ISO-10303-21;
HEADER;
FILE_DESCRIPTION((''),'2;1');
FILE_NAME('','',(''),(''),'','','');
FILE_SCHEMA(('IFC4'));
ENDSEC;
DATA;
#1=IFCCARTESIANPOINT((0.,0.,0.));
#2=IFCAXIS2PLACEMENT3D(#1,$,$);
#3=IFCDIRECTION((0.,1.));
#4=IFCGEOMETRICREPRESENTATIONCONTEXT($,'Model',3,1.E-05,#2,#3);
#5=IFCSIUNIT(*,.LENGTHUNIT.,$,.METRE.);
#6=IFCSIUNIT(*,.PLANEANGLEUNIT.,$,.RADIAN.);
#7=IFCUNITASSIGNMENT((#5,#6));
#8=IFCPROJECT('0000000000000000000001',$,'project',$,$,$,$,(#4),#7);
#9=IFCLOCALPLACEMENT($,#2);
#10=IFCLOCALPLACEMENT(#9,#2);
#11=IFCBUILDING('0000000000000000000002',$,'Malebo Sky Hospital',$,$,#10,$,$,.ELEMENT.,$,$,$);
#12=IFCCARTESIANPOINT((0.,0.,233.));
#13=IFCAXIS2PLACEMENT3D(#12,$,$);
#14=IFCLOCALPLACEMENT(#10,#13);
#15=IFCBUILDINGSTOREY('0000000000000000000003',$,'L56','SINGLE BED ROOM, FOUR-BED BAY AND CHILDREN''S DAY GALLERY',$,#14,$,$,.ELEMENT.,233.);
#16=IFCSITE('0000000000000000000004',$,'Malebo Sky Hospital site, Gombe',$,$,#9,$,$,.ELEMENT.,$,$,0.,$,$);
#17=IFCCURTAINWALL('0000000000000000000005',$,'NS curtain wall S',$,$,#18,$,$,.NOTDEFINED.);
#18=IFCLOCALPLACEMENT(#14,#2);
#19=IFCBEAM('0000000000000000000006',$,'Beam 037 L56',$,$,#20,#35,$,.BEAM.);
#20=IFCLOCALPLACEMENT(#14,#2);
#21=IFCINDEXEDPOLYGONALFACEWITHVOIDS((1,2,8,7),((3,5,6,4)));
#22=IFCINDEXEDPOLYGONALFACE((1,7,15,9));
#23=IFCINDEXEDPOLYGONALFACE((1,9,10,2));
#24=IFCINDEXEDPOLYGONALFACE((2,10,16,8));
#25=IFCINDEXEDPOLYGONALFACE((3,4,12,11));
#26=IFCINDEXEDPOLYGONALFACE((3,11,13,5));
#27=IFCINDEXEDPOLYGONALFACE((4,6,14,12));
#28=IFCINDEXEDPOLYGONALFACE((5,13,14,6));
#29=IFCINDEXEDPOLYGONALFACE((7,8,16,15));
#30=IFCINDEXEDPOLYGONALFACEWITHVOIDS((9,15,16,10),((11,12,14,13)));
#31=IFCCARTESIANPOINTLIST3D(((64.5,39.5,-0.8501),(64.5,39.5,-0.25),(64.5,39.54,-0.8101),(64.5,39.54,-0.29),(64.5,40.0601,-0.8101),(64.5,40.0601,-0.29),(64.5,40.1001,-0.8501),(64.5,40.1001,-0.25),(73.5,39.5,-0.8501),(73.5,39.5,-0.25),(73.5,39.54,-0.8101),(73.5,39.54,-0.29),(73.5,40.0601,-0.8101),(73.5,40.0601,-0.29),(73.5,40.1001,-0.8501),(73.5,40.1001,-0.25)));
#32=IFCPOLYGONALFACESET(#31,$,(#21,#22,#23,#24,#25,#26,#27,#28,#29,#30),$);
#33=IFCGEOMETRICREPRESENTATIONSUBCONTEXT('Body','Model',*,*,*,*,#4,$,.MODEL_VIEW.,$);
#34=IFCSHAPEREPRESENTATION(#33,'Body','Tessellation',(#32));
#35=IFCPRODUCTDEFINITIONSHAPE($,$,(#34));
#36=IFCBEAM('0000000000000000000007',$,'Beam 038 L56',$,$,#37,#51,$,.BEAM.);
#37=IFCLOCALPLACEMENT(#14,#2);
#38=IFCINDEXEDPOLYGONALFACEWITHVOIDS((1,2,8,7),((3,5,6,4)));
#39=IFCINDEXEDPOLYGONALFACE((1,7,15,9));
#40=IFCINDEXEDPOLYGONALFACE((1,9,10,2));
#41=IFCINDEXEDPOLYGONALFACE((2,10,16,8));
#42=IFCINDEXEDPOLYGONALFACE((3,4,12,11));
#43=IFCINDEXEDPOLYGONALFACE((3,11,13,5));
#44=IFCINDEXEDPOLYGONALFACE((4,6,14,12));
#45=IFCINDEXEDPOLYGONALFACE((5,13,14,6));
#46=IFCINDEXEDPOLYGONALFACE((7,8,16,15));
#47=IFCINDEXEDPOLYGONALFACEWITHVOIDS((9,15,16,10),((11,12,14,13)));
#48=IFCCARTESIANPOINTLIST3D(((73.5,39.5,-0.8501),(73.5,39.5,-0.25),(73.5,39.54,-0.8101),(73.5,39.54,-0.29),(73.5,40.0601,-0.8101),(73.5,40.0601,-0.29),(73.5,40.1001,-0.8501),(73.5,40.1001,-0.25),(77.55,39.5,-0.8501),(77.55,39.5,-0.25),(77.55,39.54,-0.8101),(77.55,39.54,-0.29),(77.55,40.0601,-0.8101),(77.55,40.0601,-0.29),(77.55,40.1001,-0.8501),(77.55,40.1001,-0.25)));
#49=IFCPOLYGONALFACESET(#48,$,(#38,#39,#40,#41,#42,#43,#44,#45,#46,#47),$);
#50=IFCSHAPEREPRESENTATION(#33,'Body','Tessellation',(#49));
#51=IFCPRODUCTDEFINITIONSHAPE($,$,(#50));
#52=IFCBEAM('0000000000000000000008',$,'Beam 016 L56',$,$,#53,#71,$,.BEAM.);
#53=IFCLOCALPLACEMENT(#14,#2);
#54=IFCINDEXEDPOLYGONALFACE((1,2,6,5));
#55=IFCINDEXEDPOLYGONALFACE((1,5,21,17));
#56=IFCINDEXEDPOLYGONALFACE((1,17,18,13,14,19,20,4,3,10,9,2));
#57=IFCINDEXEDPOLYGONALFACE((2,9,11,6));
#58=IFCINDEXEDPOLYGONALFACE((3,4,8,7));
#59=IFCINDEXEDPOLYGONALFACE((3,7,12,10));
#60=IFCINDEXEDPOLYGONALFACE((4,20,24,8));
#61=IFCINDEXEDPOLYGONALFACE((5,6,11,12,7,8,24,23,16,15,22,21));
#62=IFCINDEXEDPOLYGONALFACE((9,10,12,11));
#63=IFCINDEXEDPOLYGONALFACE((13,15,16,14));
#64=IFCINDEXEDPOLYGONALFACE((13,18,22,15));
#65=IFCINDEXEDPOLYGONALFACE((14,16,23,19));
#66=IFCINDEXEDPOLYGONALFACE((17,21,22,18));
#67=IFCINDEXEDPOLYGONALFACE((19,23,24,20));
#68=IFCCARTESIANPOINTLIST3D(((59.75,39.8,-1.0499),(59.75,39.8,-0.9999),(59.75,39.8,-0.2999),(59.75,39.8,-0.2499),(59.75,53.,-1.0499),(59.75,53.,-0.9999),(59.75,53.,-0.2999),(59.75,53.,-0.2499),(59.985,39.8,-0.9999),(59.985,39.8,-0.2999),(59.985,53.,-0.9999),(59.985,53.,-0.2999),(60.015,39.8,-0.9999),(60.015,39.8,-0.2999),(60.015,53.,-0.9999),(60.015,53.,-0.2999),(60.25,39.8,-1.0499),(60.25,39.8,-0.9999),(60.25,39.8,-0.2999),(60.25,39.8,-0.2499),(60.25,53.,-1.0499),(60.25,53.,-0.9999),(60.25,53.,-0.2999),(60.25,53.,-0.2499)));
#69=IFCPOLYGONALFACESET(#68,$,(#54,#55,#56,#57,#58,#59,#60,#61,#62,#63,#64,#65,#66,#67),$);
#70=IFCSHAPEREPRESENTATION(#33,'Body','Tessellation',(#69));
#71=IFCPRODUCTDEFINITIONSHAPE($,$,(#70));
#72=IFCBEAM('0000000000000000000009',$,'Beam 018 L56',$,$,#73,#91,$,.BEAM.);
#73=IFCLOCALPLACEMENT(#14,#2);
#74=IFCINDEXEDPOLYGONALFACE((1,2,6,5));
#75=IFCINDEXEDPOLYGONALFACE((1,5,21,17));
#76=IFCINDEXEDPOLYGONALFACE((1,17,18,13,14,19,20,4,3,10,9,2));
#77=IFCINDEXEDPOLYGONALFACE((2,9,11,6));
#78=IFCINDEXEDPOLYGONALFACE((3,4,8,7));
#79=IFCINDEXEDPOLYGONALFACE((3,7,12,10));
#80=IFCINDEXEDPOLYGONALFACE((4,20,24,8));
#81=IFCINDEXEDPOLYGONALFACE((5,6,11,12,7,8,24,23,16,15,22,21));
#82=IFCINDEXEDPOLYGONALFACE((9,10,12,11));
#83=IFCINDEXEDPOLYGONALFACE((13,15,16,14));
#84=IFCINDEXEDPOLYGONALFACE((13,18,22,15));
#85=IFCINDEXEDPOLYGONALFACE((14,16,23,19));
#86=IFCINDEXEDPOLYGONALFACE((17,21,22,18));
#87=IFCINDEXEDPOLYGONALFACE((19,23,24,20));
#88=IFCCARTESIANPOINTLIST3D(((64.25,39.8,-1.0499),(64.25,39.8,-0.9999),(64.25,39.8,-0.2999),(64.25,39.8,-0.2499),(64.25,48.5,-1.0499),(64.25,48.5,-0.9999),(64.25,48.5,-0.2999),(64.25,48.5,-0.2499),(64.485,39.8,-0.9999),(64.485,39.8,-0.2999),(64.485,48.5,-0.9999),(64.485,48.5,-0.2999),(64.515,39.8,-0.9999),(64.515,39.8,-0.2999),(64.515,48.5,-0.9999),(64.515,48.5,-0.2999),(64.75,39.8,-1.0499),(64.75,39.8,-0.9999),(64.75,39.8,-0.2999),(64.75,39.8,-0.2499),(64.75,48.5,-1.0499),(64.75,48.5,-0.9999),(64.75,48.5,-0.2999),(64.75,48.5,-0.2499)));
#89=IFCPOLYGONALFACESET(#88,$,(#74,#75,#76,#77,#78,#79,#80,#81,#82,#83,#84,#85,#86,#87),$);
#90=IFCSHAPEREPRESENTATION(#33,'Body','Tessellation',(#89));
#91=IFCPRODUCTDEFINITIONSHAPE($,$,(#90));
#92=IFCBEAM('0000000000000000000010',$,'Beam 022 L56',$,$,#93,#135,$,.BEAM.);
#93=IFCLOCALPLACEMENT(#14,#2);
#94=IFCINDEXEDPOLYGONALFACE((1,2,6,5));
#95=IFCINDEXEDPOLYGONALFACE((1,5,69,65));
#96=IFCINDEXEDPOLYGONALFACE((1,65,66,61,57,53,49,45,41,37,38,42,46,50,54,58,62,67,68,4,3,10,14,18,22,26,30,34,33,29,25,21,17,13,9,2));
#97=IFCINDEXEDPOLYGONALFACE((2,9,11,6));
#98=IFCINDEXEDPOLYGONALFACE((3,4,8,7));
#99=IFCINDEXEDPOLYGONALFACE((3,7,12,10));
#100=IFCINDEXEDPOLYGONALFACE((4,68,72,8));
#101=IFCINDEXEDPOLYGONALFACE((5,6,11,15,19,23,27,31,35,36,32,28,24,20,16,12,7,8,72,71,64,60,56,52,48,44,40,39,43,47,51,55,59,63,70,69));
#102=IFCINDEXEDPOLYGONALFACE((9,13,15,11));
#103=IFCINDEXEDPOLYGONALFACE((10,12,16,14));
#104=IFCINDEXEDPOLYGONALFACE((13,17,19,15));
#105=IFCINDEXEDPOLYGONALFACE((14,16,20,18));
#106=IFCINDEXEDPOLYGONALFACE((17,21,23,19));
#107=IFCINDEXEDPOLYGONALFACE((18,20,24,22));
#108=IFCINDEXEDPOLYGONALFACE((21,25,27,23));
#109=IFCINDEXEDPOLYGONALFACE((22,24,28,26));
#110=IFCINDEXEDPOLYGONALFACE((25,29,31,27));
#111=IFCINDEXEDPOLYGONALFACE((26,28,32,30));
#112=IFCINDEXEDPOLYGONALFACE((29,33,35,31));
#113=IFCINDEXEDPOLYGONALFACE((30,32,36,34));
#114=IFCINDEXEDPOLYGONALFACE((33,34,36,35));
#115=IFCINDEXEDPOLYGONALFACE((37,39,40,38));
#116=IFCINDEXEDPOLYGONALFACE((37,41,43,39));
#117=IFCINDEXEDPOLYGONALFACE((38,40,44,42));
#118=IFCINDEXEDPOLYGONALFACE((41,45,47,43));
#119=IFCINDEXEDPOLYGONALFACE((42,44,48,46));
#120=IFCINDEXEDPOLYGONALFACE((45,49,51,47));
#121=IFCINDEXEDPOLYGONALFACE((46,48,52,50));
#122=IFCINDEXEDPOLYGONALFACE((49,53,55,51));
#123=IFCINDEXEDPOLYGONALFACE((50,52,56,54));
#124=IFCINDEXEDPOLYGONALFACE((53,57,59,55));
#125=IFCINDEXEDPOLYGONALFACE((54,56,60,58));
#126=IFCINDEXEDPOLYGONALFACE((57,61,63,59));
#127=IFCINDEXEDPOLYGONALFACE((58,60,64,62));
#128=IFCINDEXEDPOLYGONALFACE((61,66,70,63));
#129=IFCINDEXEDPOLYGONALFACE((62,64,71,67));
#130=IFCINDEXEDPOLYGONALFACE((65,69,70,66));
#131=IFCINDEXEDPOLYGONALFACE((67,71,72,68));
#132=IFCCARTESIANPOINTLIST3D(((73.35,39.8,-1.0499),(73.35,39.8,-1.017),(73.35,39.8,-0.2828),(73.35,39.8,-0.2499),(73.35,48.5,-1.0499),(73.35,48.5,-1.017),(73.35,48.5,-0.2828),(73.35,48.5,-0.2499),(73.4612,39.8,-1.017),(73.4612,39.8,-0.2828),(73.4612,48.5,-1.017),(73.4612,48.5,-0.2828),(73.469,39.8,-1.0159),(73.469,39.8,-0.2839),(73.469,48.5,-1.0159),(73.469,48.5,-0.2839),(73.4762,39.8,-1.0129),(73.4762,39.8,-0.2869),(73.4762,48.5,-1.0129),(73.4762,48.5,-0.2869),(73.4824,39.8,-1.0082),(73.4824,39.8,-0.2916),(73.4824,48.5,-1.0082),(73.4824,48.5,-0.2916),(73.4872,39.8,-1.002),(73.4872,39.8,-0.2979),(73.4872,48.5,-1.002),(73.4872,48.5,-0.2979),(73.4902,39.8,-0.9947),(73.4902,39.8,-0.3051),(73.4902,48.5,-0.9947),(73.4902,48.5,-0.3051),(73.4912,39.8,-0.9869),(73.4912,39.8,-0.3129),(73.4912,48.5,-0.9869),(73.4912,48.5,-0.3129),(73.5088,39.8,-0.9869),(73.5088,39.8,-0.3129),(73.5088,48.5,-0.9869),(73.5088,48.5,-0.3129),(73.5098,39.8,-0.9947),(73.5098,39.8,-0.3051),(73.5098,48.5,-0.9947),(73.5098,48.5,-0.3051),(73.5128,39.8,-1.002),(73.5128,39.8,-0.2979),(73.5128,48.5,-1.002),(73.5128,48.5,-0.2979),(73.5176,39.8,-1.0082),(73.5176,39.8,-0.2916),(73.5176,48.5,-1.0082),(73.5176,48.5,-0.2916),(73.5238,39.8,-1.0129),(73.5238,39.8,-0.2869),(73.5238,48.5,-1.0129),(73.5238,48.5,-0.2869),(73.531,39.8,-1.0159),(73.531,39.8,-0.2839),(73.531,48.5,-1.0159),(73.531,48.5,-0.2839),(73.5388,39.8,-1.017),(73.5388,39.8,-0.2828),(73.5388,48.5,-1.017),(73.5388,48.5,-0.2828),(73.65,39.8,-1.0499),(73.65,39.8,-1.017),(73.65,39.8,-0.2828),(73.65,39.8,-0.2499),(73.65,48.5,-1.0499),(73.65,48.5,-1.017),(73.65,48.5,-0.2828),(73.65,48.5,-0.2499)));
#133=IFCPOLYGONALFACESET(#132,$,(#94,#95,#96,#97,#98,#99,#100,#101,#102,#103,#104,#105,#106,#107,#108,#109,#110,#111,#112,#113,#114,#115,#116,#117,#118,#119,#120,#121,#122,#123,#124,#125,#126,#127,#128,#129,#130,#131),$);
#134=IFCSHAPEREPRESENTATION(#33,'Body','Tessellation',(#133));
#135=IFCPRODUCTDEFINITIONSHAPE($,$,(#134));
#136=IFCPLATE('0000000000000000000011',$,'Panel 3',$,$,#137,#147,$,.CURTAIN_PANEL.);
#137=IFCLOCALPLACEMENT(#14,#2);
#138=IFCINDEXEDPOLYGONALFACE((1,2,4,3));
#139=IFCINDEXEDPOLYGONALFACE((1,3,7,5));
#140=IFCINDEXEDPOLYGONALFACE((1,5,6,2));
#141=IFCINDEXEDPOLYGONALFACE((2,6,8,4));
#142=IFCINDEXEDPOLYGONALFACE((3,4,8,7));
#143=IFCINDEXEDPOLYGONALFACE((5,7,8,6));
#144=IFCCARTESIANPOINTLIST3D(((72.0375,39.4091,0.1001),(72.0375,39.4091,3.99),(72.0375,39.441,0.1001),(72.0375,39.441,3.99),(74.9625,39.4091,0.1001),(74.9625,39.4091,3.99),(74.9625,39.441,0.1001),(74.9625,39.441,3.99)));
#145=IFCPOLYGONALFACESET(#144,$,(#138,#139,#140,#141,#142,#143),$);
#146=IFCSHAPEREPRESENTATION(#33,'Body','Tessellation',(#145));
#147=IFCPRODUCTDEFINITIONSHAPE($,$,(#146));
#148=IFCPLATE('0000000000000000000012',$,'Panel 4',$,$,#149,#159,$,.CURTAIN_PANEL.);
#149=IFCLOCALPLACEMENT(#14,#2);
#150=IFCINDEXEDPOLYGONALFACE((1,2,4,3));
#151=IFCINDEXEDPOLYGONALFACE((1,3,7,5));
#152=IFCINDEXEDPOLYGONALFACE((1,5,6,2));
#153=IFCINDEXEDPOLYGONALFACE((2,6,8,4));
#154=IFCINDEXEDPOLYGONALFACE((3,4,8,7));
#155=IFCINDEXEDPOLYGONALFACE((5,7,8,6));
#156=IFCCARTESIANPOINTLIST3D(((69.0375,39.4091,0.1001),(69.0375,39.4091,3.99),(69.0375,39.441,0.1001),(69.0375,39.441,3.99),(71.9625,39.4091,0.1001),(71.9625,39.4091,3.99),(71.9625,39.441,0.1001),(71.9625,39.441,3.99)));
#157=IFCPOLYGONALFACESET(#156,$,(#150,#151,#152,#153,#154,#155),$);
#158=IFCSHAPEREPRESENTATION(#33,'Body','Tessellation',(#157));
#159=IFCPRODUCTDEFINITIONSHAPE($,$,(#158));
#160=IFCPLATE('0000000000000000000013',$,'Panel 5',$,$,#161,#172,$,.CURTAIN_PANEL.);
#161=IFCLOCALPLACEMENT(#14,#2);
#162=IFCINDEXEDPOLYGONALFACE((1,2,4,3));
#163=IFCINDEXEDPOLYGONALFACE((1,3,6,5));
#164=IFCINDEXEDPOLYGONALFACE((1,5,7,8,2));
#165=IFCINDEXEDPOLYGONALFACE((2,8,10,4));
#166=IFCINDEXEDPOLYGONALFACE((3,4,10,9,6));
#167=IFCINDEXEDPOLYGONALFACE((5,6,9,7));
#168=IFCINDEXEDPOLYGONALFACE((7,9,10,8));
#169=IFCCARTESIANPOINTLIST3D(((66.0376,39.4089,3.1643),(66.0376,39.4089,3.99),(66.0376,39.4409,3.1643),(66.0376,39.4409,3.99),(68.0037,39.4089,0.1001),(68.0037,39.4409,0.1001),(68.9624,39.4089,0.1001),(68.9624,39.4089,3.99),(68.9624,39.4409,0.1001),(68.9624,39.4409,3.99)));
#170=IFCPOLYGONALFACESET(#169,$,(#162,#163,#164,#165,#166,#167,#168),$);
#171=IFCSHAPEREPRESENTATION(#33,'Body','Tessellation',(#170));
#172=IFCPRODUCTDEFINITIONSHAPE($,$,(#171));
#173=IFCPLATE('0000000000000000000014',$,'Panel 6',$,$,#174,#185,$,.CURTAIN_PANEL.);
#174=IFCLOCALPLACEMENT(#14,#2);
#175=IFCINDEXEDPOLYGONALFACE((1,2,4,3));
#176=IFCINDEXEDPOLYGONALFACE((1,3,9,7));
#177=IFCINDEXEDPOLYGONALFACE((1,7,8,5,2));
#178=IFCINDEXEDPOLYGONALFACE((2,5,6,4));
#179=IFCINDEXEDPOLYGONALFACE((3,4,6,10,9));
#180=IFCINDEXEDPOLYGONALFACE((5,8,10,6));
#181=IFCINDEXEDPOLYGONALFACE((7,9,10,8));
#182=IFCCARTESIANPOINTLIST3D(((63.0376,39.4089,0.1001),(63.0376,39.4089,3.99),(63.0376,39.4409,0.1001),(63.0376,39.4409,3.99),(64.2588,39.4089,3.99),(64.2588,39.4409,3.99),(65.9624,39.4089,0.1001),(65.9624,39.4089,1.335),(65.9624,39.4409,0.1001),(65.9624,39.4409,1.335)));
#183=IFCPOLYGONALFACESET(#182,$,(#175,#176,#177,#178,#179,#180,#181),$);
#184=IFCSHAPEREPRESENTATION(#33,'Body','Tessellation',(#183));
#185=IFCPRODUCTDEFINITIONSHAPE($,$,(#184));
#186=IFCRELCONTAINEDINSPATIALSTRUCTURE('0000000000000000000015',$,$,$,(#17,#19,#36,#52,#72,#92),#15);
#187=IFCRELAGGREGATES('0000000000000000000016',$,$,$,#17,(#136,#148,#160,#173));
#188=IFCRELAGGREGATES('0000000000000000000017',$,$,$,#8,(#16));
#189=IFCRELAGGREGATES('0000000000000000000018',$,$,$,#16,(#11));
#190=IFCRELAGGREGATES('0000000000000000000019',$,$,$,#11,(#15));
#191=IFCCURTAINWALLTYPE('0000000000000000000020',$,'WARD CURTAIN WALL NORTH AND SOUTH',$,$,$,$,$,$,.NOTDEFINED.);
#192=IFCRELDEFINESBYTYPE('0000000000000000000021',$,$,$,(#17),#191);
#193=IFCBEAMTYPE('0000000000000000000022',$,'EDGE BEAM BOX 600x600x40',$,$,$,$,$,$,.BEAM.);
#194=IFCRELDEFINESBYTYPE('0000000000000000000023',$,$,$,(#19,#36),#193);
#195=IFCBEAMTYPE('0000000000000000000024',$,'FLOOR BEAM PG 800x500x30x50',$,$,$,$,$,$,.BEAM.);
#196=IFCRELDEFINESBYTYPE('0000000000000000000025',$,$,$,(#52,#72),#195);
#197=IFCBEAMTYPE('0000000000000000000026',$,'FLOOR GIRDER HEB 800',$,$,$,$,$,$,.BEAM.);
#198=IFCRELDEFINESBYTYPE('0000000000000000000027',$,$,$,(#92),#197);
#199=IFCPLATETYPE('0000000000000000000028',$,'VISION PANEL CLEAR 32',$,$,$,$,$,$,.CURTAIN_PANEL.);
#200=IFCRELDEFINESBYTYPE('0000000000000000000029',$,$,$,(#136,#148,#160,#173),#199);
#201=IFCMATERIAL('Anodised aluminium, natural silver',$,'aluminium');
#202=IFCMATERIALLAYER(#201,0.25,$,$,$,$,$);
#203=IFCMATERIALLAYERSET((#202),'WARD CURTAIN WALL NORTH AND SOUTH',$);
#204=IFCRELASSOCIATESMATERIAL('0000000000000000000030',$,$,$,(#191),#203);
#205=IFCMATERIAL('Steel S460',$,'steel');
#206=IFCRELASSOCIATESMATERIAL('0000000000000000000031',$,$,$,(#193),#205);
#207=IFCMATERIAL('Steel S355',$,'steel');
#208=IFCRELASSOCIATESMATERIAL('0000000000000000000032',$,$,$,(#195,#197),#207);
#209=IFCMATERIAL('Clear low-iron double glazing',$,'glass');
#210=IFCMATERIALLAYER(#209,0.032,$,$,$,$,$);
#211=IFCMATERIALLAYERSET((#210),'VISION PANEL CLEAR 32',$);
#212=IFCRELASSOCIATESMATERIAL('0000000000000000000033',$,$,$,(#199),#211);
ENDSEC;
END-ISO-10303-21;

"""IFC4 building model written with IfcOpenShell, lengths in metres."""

from ifc_helpers import new_model, si_unit, direction, frame, origin, origin_2d, place, context, subcontext, project, spatial, polyline, rectangle, hollow_rectangle, i_section, outline, extrude, material, layer, layer_set, material_profile, profile_set, type_object, element, aggregate, save


model = new_model("IFC4")

# Units and contexts
model_context = context("Model", 3, precision=1e-05, world=origin(), true_north=direction((0.0, 1.0)))
body_context = subcontext(model_context, "Body", "Model", "MODEL_VIEW")
ifc_project = project(units=[si_unit("LENGTHUNIT", "METRE"), si_unit("PLANEANGLEUNIT", "RADIAN")], contexts=[model_context])

# Site, building, storey
site_placement = place(None, origin())
site = spatial("IfcSite", under=ifc_project, at=site_placement, Name="Malebo Sky Hospital site, Gombe", CompositionType="ELEMENT", RefElevation=0.0)
building_placement = place(site_placement, origin())
building = spatial("IfcBuilding", under=site, at=building_placement, Name="Malebo Sky Hospital", CompositionType="ELEMENT")
storey_placement = place(building_placement, frame((0.0, 0.0, 233.0)))
storey = spatial("IfcBuildingStorey", under=building, at=storey_placement, Name="L56", Description="SINGLE BED ROOM, FOUR-BED BAY AND CHILDREN'S DAY GALLERY", CompositionType="ELEMENT", Elevation=233.0)

# Shared definitions
ifc_material_1 = material(Name="Steel S460", Category="steel")

# Curtain wall
ifc_material_2 = material(Name="Anodised aluminium, natural silver", Category="aluminium")
ifc_layer_1 = layer(ifc_material_2, 0.25)
ifc_layer_set_1 = layer_set([ifc_layer_1], Name="WARD CURTAIN WALL NORTH AND SOUTH")
curtain_wall_type = type_object("IfcCurtainWallType", Name="WARD CURTAIN WALL NORTH AND SOUTH", PredefinedType="NOTDEFINED", material=ifc_layer_set_1)
curtain_wall_placement = place(storey_placement, origin())
curtain_wall = element("IfcCurtainWall", 1, at=curtain_wall_placement, inside=storey, type_object=curtain_wall_type, Name="NS curtain wall S", PredefinedType="NOTDEFINED")

# Shared definitions
ifc_material_3 = material(Name="Steel S355", Category="steel")

# Beams
ifc_material_profile_1 = material_profile(ifc_material_1, hollow_rectangle(XDim=0.6001, YDim=0.6001, WallThickness=0.04, at=origin_2d()), Name="BOX 600x600x40")
ifc_profile_set_1 = profile_set([ifc_material_profile_1], Name="Steel S460")
beam_type_1 = type_object("IfcBeamType", Name="EDGE BEAM BOX 600x600x40", PredefinedType="BEAM", material=ifc_profile_set_1)
beam_1_placement = place(storey_placement, frame((64.5, 39.8, -0.55), z_axis=(1.0, 0.0, 0.0), x_axis=(0.0, 1.0, 0.0)))
element("IfcBeam", 2, at=beam_1_placement, inside=storey, type_object=beam_type_1, Name="Beam 037 L56", PredefinedType="BEAM", context=body_context, shape_type="SweptSolid", body=[
    extrude(hollow_rectangle(XDim=0.6001, YDim=0.6001, WallThickness=0.04, at=origin_2d()), origin(), (0.0, 0.0, 1.0), 9.0),
])
beam_2_placement = place(storey_placement, frame((73.5, 39.8, -0.55), z_axis=(1.0, 0.0, 0.0), x_axis=(0.0, 1.0, 0.0)))
element("IfcBeam", 3, at=beam_2_placement, inside=storey, type_object=beam_type_1, Name="Beam 038 L56", PredefinedType="BEAM", context=body_context, shape_type="SweptSolid", body=[
    extrude(hollow_rectangle(XDim=0.6001, YDim=0.6001, WallThickness=0.04, at=origin_2d()), origin(), (0.0, 0.0, 1.0), 4.05),
])
ifc_material_profile_2 = material_profile(ifc_material_3, i_section(OverallWidth=0.5, OverallDepth=0.8, WebThickness=0.03, FlangeThickness=0.05, at=origin_2d()), Name="PG 800x500x30x50")
ifc_profile_set_2 = profile_set([ifc_material_profile_2], Name="Steel S355")
beam_type_2 = type_object("IfcBeamType", Name="FLOOR BEAM PG 800x500x30x50", PredefinedType="BEAM", material=ifc_profile_set_2)
beam_3_placement = place(storey_placement, frame((60.0, 39.8, -0.6499), z_axis=(0.0, 1.0, 0.0), x_axis=(-1.0, 0.0, 0.0)))
element("IfcBeam", 4, at=beam_3_placement, inside=storey, type_object=beam_type_2, Name="Beam 016 L56", PredefinedType="BEAM", context=body_context, shape_type="SweptSolid", body=[
    extrude(i_section(OverallWidth=0.5, OverallDepth=0.8, WebThickness=0.03, FlangeThickness=0.05, at=origin_2d()), origin(), (0.0, 0.0, 1.0), 13.2),
])
beam_4_placement = place(storey_placement, frame((64.5, 39.8, -0.6499), z_axis=(0.0, 1.0, 0.0), x_axis=(-1.0, 0.0, 0.0)))
element("IfcBeam", 5, at=beam_4_placement, inside=storey, type_object=beam_type_2, Name="Beam 018 L56", PredefinedType="BEAM", context=body_context, shape_type="SweptSolid", body=[
    extrude(i_section(OverallWidth=0.5, OverallDepth=0.8, WebThickness=0.03, FlangeThickness=0.05, at=origin_2d()), origin(), (0.0, 0.0, 1.0), 8.7),
])
ifc_material_profile_3 = material_profile(ifc_material_3, i_section(OverallWidth=0.3, OverallDepth=0.8, WebThickness=0.0176, FlangeThickness=0.033, FilletRadius=0.03, at=origin_2d()), Name="HEB 800")
ifc_profile_set_3 = profile_set([ifc_material_profile_3], Name="Steel S355")
beam_type_3 = type_object("IfcBeamType", Name="FLOOR GIRDER HEB 800", PredefinedType="BEAM", material=ifc_profile_set_3)
beam_5_placement = place(storey_placement, frame((73.5, 39.8, -0.6499), z_axis=(0.0, 1.0, 0.0), x_axis=(-1.0, 0.0, 0.0)))
element("IfcBeam", 6, at=beam_5_placement, inside=storey, type_object=beam_type_3, Name="Beam 022 L56", PredefinedType="BEAM", context=body_context, shape_type="SweptSolid", body=[
    extrude(i_section(OverallWidth=0.3, OverallDepth=0.8, WebThickness=0.0176, FlangeThickness=0.033, FilletRadius=0.03, at=origin_2d()), origin(), (0.0, 0.0, 1.0), 8.7),
])

# Plates
ifc_material_4 = material(Name="Clear low-iron double glazing", Category="glass")
ifc_layer_2 = layer(ifc_material_4, 0.032)
ifc_layer_set_2 = layer_set([ifc_layer_2], Name="VISION PANEL CLEAR 32")
plate_type = type_object("IfcPlateType", Name="VISION PANEL CLEAR 32", PredefinedType="CURTAIN_PANEL", material=ifc_layer_set_2)
plate_1_placement = place(storey_placement, frame((73.5, 39.425, 0.1001), z_axis=(0.0, 0.0, 1.0), x_axis=(-1.0, 0.0, 0.0)))
plate_1 = element("IfcPlate", 7, at=plate_1_placement, type_object=plate_type, Name="Panel 3", PredefinedType="CURTAIN_PANEL", context=body_context, shape_type="SweptSolid", body=[
    extrude(rectangle(XDim=2.925, YDim=0.032, at=origin_2d()), origin(), (0.0, 0.0, 1.0), 3.8899),
])
plate_2_placement = place(storey_placement, frame((70.5, 39.425, 0.1001), z_axis=(0.0, 0.0, 1.0), x_axis=(-1.0, 0.0, 0.0)))
plate_2 = element("IfcPlate", 8, at=plate_2_placement, type_object=plate_type, Name="Panel 4", PredefinedType="CURTAIN_PANEL", context=body_context, shape_type="SweptSolid", body=[
    extrude(rectangle(XDim=2.925, YDim=0.032, at=origin_2d()), origin(), (0.0, 0.0, 1.0), 3.8899),
])
plate_3_placement = place(storey_placement, frame((67.5, 39.425, 0.1001), z_axis=(0.0, 0.0, 1.0), x_axis=(-1.0, 0.0, 0.0)))
plate_3 = element("IfcPlate", 9, at=plate_3_placement, type_object=plate_type, Name="Panel 5", PredefinedType="CURTAIN_PANEL", context=body_context, shape_type="SweptSolid", body=[
    extrude(outline(polyline([(-1.4624, 0.0), (-0.5037, 0.0), (1.4624, 3.0642), (1.4624, 3.8899), (-1.4624, 3.8899), (-1.4624, 0.0)])), frame((0.0, 0.0161, 0.0), z_axis=(0.0, -1.0, 0.0), x_axis=(1.0, 0.0, 0.0)), (0.0, 0.0, 1.0), 0.032),
])
plate_4_placement = place(storey_placement, frame((64.5, 39.425, 0.1001), z_axis=(0.0, 0.0, 1.0), x_axis=(-1.0, 0.0, 0.0)))
plate_4 = element("IfcPlate", 10, at=plate_4_placement, type_object=plate_type, Name="Panel 6", PredefinedType="CURTAIN_PANEL", context=body_context, shape_type="SweptSolid", body=[
    extrude(outline(polyline([(-1.4624, 0.0), (1.4624, 0.0), (1.4624, 3.8899), (0.2412, 3.8899), (-1.4624, 1.2349), (-1.4624, 0.0)])), frame((0.0, 0.0161, 0.0), z_axis=(0.0, -1.0, 0.0), x_axis=(1.0, 0.0, 0.0)), (0.0, 0.0, 1.0), 0.032),
])
aggregate(curtain_wall, [plate_1, plate_2, plate_3, plate_4])

save(model, "model.ifc")
